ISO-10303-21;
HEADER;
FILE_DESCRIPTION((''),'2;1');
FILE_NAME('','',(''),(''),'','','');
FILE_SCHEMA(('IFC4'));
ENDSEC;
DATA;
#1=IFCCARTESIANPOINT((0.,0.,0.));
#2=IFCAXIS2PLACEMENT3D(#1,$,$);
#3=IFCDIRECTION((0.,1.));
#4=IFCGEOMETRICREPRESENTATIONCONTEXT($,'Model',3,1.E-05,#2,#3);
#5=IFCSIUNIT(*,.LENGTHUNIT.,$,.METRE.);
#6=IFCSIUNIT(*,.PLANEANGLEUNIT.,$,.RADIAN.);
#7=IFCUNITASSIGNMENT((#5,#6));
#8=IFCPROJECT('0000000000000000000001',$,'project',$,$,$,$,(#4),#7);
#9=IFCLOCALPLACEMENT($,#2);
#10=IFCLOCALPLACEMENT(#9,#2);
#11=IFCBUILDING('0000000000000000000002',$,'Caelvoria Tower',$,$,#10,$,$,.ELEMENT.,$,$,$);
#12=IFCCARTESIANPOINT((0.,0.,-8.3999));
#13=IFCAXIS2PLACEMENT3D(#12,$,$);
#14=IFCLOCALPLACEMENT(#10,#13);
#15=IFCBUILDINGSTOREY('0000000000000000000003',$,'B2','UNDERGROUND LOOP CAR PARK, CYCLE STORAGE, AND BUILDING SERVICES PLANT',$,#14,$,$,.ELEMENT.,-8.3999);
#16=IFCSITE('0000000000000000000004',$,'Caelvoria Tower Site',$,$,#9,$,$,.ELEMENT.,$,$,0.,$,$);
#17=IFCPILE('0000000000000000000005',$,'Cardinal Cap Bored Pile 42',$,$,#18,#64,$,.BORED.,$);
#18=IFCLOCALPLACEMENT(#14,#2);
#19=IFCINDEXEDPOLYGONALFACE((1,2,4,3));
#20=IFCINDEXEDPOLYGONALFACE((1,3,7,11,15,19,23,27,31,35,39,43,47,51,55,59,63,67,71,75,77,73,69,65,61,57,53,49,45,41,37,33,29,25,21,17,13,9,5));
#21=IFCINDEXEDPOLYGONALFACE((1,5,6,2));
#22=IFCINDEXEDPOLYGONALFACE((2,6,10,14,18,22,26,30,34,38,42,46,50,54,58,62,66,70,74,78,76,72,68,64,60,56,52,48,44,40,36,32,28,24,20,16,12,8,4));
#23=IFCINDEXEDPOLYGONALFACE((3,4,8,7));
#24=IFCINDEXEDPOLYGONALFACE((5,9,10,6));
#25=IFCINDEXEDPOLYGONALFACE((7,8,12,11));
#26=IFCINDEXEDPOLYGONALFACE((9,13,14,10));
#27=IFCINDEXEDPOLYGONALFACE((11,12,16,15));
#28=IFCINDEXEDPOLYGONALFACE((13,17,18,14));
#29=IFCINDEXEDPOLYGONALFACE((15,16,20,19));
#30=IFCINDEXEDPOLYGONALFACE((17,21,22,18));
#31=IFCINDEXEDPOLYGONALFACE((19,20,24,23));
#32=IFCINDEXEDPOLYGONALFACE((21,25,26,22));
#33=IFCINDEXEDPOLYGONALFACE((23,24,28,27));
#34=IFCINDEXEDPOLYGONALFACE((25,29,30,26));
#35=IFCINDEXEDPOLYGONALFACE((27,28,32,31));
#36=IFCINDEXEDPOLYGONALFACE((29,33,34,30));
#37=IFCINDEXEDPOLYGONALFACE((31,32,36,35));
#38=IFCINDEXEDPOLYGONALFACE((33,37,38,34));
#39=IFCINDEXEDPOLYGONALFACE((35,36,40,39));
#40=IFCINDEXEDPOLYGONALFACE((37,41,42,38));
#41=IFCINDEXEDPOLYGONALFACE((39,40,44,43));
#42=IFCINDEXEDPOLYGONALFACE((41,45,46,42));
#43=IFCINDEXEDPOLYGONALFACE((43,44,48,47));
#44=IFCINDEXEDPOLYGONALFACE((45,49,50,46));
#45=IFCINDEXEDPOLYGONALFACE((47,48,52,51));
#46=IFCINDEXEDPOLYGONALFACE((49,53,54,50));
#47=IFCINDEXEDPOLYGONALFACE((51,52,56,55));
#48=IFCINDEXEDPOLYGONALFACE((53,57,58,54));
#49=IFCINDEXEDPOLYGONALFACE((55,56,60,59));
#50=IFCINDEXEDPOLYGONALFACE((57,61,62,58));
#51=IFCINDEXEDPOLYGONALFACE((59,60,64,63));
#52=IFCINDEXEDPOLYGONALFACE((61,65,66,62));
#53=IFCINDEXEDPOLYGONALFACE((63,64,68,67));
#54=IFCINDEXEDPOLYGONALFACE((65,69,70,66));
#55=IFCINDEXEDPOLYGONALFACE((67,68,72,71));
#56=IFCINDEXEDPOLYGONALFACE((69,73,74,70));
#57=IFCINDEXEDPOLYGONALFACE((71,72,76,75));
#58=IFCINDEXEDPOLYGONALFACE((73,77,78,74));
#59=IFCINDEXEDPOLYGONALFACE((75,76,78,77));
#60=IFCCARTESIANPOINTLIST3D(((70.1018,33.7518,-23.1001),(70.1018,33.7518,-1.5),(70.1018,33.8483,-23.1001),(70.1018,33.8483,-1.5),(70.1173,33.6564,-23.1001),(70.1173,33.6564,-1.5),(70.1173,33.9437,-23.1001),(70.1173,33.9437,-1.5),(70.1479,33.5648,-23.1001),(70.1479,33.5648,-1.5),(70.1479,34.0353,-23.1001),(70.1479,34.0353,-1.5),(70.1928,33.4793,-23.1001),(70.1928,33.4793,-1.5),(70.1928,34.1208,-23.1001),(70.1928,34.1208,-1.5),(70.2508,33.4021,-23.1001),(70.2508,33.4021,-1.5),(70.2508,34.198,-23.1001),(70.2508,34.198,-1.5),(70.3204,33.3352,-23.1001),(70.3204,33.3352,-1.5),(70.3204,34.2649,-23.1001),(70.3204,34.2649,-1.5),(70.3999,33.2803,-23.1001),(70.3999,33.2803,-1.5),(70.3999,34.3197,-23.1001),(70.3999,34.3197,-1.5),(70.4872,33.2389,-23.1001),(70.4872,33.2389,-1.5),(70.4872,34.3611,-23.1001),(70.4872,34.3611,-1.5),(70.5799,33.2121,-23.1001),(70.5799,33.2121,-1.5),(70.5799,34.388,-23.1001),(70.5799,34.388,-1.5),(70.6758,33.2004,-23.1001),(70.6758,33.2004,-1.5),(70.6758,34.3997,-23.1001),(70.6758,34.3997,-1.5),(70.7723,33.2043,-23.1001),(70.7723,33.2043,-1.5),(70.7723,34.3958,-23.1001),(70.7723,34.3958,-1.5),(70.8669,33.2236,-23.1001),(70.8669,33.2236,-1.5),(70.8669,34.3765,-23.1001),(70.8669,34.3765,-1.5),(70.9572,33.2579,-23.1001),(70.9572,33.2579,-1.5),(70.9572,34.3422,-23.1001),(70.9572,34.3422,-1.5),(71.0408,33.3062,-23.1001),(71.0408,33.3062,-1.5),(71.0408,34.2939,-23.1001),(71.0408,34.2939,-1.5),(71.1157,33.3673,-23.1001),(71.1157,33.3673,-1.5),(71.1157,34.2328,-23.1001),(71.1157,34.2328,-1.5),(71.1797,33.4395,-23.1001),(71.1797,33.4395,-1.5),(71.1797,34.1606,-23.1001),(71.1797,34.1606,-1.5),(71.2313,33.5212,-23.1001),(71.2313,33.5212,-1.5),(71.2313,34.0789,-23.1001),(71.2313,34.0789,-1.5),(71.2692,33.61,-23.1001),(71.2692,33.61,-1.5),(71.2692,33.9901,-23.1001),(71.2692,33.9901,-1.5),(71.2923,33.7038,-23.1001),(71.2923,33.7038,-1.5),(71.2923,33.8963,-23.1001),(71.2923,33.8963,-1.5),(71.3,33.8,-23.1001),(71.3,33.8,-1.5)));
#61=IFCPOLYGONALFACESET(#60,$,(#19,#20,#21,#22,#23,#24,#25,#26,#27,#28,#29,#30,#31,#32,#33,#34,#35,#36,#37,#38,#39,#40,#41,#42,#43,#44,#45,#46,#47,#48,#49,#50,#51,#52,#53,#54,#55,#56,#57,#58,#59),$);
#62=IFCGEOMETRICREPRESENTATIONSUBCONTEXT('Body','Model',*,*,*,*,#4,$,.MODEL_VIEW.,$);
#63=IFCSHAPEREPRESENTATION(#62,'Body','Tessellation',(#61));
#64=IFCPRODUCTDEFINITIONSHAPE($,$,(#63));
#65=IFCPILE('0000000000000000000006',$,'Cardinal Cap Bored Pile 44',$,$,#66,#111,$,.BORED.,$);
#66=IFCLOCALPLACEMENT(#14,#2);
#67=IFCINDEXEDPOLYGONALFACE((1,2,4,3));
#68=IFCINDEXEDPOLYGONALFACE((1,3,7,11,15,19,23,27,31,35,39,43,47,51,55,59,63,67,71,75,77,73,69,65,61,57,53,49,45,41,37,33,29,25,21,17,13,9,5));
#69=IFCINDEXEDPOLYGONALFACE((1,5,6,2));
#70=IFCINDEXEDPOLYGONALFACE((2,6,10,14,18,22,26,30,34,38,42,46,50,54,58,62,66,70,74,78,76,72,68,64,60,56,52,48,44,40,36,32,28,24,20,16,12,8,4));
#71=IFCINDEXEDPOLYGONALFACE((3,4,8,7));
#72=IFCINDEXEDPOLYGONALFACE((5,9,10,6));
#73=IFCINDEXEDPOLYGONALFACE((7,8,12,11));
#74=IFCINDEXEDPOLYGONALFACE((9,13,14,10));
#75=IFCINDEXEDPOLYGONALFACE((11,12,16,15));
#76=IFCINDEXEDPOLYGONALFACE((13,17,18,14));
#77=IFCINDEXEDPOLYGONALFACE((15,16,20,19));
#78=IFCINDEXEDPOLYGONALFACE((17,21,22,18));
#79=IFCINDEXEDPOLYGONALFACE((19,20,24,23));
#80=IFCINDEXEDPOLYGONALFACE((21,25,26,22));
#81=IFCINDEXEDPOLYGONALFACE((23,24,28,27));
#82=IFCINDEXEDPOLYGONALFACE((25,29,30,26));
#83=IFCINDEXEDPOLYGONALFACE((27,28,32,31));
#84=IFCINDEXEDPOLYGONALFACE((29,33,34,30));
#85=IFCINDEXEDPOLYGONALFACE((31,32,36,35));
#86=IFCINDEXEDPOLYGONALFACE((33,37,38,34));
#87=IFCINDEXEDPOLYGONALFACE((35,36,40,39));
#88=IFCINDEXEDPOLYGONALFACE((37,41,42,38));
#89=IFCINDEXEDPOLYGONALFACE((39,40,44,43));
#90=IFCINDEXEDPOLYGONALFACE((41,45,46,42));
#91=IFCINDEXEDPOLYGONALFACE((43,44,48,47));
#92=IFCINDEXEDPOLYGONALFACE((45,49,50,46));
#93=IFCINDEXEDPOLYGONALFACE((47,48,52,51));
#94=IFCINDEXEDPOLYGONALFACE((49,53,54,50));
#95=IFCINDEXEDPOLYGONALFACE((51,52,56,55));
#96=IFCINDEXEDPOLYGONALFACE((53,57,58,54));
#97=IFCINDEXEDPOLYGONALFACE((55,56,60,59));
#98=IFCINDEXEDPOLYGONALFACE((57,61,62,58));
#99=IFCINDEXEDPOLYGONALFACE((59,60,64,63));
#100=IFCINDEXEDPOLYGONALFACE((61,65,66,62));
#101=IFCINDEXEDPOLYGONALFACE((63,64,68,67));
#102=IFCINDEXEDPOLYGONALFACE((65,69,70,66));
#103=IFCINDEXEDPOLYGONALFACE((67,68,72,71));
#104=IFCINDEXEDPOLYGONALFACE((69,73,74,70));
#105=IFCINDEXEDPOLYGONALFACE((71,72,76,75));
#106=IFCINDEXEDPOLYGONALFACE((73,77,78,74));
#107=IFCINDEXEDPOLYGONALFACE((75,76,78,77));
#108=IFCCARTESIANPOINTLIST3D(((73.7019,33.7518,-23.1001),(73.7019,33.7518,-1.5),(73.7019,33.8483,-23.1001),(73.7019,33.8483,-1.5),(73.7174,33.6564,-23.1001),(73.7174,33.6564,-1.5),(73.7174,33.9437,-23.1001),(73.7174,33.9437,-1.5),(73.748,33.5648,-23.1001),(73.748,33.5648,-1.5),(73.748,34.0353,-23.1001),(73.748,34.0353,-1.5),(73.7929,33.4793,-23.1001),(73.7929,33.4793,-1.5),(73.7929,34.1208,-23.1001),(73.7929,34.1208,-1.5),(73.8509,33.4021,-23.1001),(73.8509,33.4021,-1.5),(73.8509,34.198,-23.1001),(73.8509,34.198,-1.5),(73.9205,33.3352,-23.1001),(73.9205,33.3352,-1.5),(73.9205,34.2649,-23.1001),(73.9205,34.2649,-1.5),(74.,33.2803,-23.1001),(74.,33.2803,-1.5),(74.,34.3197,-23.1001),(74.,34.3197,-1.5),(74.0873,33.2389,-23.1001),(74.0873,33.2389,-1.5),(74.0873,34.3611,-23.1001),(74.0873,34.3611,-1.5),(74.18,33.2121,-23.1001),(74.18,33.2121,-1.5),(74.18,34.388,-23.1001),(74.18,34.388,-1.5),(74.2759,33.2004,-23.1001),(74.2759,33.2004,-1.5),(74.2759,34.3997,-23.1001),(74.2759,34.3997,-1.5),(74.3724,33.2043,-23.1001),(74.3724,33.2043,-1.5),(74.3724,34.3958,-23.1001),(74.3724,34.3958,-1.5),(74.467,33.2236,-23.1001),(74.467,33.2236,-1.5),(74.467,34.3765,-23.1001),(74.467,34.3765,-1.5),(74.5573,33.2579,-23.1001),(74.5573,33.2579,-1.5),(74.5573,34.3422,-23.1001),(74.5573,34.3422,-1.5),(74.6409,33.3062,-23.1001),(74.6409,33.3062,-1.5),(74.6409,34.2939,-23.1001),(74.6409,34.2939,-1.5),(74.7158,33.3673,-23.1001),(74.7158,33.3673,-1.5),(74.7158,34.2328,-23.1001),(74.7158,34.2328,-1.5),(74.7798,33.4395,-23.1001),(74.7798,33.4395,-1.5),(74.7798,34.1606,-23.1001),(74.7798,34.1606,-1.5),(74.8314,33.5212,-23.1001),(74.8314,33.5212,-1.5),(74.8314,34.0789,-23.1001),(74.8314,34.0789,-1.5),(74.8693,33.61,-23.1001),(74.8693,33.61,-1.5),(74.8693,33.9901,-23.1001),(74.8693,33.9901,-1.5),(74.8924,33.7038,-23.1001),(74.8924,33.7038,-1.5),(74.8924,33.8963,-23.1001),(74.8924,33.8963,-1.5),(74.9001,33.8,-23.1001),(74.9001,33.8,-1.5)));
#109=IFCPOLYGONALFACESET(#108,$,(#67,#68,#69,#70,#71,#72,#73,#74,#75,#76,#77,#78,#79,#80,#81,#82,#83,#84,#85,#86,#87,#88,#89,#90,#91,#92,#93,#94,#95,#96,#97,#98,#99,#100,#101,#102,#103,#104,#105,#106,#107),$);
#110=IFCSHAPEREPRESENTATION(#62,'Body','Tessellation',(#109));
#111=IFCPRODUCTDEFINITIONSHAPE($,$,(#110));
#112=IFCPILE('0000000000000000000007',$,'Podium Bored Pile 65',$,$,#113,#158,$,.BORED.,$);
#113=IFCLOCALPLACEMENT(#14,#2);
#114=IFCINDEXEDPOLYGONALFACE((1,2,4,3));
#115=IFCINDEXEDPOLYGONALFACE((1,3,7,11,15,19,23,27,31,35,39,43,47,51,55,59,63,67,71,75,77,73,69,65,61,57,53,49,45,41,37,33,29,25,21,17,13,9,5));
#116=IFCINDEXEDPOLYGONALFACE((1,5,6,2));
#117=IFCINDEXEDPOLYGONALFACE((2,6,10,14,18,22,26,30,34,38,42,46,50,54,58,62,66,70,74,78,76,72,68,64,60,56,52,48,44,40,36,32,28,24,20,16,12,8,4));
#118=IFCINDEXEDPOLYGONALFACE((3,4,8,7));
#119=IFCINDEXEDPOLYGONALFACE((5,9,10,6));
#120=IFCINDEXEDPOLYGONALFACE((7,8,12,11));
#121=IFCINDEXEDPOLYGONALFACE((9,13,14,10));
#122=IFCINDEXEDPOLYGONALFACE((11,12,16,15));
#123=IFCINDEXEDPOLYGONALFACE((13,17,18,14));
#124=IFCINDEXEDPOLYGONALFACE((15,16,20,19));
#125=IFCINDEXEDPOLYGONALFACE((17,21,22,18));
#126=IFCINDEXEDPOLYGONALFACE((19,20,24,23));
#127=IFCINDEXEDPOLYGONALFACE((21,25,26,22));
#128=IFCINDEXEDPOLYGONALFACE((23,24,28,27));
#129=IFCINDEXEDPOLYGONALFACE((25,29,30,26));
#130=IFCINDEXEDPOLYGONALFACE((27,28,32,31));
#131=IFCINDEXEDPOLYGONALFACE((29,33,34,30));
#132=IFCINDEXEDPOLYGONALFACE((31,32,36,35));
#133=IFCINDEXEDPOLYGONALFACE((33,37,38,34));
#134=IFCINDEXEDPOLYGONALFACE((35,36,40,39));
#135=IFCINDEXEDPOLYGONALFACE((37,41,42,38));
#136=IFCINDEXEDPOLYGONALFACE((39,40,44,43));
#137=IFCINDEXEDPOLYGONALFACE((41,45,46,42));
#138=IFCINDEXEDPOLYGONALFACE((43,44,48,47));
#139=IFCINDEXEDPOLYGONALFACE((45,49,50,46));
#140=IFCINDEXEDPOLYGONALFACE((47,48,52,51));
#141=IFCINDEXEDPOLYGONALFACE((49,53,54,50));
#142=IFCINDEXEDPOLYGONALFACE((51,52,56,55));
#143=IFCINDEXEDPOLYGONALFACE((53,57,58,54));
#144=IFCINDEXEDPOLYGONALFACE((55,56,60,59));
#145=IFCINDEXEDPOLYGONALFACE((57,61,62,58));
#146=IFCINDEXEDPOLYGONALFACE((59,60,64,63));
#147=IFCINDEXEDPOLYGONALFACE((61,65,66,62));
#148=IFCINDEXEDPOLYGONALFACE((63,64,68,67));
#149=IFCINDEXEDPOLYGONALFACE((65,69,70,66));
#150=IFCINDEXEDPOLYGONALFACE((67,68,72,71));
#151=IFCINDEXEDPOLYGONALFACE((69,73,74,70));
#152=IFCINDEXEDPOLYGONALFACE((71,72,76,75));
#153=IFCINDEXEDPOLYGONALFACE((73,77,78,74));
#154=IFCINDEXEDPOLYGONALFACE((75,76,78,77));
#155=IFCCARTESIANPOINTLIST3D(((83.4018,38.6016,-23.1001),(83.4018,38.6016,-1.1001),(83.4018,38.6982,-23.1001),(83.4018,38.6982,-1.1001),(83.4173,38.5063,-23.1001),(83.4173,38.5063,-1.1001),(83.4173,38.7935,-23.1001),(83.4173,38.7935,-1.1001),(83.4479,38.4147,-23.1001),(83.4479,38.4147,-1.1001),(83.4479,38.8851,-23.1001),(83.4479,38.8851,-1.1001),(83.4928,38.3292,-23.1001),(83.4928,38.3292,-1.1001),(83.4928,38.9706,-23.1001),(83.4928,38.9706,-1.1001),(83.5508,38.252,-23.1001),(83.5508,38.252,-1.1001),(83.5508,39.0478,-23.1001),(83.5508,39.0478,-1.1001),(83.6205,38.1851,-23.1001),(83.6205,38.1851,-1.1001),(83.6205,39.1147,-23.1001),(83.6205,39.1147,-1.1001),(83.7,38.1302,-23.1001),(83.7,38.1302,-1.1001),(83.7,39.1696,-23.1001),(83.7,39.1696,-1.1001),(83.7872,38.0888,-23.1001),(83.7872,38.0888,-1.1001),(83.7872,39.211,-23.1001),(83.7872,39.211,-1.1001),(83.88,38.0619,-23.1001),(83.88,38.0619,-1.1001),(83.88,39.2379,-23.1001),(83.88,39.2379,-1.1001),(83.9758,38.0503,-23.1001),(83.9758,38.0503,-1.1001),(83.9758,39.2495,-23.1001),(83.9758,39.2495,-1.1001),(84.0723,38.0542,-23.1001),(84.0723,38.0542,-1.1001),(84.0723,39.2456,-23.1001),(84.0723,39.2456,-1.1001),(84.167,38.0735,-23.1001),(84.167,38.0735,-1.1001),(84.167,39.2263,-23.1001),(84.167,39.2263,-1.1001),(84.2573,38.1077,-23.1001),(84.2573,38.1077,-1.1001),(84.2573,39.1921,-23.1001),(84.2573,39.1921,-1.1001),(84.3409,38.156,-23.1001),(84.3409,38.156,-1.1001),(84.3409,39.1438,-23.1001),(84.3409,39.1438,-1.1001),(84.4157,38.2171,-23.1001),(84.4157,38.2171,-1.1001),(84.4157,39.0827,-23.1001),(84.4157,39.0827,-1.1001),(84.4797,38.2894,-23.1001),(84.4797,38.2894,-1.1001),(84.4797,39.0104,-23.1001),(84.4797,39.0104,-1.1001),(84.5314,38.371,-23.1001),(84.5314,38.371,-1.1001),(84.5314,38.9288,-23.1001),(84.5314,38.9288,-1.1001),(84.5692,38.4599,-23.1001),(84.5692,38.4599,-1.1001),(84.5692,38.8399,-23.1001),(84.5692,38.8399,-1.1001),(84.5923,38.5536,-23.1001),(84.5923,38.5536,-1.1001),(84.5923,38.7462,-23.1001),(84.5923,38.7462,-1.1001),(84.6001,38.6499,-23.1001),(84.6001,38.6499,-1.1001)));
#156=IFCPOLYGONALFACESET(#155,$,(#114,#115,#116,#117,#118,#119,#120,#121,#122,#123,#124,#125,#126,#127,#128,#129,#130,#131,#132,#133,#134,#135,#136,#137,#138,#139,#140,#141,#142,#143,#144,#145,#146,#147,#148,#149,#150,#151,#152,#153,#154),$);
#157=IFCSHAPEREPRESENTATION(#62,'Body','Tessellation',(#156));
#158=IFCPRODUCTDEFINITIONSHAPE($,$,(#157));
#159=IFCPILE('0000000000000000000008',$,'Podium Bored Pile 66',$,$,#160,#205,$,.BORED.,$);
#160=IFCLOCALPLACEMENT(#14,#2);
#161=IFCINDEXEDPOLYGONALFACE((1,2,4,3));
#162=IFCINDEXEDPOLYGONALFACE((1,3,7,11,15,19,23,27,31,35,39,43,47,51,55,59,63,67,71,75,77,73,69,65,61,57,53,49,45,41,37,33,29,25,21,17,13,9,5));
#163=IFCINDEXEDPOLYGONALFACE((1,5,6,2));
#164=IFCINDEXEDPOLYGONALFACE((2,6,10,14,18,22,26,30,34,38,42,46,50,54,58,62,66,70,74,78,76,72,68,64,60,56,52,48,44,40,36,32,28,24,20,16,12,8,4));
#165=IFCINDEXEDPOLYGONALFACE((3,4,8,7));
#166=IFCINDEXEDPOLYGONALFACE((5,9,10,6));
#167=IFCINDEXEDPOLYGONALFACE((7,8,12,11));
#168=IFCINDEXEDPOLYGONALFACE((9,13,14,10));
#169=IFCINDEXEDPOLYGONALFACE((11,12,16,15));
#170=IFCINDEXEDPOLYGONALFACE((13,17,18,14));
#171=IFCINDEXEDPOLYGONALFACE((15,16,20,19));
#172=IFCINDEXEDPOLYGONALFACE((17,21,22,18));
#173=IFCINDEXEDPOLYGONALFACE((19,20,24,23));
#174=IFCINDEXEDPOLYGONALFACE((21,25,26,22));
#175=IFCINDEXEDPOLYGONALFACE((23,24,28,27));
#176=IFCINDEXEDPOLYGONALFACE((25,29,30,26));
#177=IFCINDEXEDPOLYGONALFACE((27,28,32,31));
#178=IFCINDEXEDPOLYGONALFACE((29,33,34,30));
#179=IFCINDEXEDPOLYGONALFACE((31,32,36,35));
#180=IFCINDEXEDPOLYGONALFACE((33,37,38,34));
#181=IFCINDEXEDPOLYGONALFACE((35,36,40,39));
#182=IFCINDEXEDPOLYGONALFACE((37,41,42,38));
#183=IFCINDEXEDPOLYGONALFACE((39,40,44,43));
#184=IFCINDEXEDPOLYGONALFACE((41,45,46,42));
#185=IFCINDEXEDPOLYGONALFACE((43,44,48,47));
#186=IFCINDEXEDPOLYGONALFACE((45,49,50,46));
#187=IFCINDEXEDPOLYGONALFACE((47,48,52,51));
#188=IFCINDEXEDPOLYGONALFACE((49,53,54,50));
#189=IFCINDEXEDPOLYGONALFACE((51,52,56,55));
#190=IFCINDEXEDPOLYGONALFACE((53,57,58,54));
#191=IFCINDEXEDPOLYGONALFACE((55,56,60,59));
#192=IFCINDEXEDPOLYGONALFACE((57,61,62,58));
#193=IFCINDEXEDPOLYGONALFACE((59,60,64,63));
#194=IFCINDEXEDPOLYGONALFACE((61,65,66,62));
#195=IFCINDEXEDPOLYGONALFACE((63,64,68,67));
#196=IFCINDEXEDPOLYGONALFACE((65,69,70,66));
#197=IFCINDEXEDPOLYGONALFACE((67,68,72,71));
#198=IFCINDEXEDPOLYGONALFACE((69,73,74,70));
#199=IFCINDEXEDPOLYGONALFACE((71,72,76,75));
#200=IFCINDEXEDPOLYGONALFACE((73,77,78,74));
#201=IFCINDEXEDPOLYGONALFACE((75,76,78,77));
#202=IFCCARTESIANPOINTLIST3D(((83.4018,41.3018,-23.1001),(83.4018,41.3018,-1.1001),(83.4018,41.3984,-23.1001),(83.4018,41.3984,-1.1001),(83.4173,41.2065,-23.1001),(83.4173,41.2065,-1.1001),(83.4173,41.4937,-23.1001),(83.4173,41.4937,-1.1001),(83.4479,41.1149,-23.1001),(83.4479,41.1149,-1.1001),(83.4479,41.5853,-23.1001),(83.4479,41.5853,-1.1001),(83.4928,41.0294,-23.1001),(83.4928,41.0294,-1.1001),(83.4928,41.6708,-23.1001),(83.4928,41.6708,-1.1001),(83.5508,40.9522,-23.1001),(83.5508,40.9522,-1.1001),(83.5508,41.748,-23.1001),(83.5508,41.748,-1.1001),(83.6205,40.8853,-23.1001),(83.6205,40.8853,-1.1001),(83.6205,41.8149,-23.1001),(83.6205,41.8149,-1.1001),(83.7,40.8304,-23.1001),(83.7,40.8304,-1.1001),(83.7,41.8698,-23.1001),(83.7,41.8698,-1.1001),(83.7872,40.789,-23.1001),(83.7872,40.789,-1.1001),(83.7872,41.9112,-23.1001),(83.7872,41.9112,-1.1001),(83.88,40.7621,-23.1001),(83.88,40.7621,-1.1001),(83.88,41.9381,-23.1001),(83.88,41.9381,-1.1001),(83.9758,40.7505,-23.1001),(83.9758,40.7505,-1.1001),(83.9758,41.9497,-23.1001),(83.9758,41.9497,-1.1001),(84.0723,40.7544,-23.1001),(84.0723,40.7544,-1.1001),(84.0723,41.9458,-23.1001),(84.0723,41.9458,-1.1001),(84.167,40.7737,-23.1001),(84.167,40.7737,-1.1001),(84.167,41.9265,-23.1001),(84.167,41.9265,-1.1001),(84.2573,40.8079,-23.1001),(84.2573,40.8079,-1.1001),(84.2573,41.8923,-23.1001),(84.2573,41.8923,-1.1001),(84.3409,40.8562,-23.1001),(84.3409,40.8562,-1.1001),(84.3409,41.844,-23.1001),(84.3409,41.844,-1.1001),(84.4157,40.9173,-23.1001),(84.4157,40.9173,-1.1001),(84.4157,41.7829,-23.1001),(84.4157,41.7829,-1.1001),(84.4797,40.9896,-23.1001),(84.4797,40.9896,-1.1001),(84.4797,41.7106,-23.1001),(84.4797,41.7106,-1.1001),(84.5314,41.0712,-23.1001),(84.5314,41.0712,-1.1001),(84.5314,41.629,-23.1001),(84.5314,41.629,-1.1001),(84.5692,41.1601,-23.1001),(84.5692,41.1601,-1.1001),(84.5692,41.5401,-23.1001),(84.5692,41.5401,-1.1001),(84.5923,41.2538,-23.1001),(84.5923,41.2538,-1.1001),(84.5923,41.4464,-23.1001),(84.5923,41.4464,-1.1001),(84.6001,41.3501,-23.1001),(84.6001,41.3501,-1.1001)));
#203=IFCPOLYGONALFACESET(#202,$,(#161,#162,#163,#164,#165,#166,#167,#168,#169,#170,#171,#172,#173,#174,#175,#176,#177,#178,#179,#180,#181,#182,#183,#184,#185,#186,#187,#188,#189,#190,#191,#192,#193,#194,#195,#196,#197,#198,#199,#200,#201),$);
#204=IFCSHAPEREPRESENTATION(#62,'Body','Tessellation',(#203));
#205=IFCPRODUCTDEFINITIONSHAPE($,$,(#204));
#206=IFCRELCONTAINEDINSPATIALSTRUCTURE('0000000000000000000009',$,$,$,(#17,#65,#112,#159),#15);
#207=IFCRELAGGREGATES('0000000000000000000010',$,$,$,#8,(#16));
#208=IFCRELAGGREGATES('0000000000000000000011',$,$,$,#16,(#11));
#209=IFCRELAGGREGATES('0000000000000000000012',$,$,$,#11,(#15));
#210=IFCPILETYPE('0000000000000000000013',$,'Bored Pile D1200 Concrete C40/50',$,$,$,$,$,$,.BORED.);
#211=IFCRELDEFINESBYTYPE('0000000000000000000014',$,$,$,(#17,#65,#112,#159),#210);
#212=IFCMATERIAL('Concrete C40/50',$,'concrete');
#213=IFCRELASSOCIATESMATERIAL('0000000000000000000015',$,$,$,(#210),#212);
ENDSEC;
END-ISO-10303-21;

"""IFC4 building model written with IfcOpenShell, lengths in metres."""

from ifc_helpers import new_model, si_unit, direction, frame, origin, origin_2d, place, context, subcontext, project, spatial, circle, extrude, material, material_profile, profile_set, type_object, element, save


model = new_model("IFC4")

# Units and contexts
model_context = context("Model", 3, precision=1e-05, world=origin(), true_north=direction((0.0, 1.0)))
body_context = subcontext(model_context, "Body", "Model", "MODEL_VIEW")
ifc_project = project(units=[si_unit("LENGTHUNIT", "METRE"), si_unit("PLANEANGLEUNIT", "RADIAN")], contexts=[model_context])

# Site, building, storey
site_placement = place(None, origin())
site = spatial("IfcSite", under=ifc_project, at=site_placement, Name="Caelvoria Tower Site", CompositionType="ELEMENT", RefElevation=0.0)
building_placement = place(site_placement, origin())
building = spatial("IfcBuilding", under=site, at=building_placement, Name="Caelvoria Tower", CompositionType="ELEMENT")
storey_placement = place(building_placement, frame((0.0, 0.0, -8.3999)))
storey = spatial("IfcBuildingStorey", under=building, at=storey_placement, Name="B2", Description="UNDERGROUND LOOP CAR PARK, CYCLE STORAGE, AND BUILDING SERVICES PLANT", CompositionType="ELEMENT", Elevation=-8.3999)

# Piles
ifc_material_1 = material(Name="Concrete C40/50", Category="concrete")
ifc_material_profile_1 = material_profile(ifc_material_1, circle(Radius=0.6001, at=origin_2d()), Name="Concrete C40/50")
ifc_profile_set_1 = profile_set([ifc_material_profile_1], Name="PILE_D1200 - Concrete C40/50")
pile_type_1 = type_object("IfcPileType", Name="Bored Pile D1200 Concrete C40/50", PredefinedType="BORED", material=ifc_profile_set_1)
for number, where, z_axis, x_axis, name in (
    (1, (70.7, 33.8, -1.5), (0.0, 0.0, -1.0), (1.0, 0.0, 0.0), "Cardinal Cap Bored Pile 42"),
    (2, (74.3, 33.8, -1.5), (0.0, 0.0, -1.0), (1.0, 0.0, 0.0), "Cardinal Cap Bored Pile 44"),
):
    element("IfcPile", number, at=place(storey_placement, frame(where, z_axis=z_axis, x_axis=x_axis)), inside=storey, type_object=pile_type_1, Name=name, PredefinedType="BORED", context=body_context, shape_type="SweptSolid", body=[
        extrude(circle(Radius=0.6001, at=origin_2d()), origin(), (0.0, 0.0, 1.0), 21.6001),
    ])
for number, where, z_axis, x_axis, name in (
    (3, (84.0, 38.6499, -1.1001), (0.0, 0.0, -1.0), (1.0, 0.0, 0.0), "Podium Bored Pile 65"),
    (4, (84.0, 41.3501, -1.1001), (0.0, 0.0, -1.0), (1.0, 0.0, 0.0), "Podium Bored Pile 66"),
):
    element("IfcPile", number, at=place(storey_placement, frame(where, z_axis=z_axis, x_axis=x_axis)), inside=storey, type_object=pile_type_1, Name=name, PredefinedType="BORED", context=body_context, shape_type="SweptSolid", body=[
        extrude(circle(Radius=0.6001, at=origin_2d()), origin(), (0.0, 0.0, 1.0), 22.0),
    ])

save(model, "model.ifc")
